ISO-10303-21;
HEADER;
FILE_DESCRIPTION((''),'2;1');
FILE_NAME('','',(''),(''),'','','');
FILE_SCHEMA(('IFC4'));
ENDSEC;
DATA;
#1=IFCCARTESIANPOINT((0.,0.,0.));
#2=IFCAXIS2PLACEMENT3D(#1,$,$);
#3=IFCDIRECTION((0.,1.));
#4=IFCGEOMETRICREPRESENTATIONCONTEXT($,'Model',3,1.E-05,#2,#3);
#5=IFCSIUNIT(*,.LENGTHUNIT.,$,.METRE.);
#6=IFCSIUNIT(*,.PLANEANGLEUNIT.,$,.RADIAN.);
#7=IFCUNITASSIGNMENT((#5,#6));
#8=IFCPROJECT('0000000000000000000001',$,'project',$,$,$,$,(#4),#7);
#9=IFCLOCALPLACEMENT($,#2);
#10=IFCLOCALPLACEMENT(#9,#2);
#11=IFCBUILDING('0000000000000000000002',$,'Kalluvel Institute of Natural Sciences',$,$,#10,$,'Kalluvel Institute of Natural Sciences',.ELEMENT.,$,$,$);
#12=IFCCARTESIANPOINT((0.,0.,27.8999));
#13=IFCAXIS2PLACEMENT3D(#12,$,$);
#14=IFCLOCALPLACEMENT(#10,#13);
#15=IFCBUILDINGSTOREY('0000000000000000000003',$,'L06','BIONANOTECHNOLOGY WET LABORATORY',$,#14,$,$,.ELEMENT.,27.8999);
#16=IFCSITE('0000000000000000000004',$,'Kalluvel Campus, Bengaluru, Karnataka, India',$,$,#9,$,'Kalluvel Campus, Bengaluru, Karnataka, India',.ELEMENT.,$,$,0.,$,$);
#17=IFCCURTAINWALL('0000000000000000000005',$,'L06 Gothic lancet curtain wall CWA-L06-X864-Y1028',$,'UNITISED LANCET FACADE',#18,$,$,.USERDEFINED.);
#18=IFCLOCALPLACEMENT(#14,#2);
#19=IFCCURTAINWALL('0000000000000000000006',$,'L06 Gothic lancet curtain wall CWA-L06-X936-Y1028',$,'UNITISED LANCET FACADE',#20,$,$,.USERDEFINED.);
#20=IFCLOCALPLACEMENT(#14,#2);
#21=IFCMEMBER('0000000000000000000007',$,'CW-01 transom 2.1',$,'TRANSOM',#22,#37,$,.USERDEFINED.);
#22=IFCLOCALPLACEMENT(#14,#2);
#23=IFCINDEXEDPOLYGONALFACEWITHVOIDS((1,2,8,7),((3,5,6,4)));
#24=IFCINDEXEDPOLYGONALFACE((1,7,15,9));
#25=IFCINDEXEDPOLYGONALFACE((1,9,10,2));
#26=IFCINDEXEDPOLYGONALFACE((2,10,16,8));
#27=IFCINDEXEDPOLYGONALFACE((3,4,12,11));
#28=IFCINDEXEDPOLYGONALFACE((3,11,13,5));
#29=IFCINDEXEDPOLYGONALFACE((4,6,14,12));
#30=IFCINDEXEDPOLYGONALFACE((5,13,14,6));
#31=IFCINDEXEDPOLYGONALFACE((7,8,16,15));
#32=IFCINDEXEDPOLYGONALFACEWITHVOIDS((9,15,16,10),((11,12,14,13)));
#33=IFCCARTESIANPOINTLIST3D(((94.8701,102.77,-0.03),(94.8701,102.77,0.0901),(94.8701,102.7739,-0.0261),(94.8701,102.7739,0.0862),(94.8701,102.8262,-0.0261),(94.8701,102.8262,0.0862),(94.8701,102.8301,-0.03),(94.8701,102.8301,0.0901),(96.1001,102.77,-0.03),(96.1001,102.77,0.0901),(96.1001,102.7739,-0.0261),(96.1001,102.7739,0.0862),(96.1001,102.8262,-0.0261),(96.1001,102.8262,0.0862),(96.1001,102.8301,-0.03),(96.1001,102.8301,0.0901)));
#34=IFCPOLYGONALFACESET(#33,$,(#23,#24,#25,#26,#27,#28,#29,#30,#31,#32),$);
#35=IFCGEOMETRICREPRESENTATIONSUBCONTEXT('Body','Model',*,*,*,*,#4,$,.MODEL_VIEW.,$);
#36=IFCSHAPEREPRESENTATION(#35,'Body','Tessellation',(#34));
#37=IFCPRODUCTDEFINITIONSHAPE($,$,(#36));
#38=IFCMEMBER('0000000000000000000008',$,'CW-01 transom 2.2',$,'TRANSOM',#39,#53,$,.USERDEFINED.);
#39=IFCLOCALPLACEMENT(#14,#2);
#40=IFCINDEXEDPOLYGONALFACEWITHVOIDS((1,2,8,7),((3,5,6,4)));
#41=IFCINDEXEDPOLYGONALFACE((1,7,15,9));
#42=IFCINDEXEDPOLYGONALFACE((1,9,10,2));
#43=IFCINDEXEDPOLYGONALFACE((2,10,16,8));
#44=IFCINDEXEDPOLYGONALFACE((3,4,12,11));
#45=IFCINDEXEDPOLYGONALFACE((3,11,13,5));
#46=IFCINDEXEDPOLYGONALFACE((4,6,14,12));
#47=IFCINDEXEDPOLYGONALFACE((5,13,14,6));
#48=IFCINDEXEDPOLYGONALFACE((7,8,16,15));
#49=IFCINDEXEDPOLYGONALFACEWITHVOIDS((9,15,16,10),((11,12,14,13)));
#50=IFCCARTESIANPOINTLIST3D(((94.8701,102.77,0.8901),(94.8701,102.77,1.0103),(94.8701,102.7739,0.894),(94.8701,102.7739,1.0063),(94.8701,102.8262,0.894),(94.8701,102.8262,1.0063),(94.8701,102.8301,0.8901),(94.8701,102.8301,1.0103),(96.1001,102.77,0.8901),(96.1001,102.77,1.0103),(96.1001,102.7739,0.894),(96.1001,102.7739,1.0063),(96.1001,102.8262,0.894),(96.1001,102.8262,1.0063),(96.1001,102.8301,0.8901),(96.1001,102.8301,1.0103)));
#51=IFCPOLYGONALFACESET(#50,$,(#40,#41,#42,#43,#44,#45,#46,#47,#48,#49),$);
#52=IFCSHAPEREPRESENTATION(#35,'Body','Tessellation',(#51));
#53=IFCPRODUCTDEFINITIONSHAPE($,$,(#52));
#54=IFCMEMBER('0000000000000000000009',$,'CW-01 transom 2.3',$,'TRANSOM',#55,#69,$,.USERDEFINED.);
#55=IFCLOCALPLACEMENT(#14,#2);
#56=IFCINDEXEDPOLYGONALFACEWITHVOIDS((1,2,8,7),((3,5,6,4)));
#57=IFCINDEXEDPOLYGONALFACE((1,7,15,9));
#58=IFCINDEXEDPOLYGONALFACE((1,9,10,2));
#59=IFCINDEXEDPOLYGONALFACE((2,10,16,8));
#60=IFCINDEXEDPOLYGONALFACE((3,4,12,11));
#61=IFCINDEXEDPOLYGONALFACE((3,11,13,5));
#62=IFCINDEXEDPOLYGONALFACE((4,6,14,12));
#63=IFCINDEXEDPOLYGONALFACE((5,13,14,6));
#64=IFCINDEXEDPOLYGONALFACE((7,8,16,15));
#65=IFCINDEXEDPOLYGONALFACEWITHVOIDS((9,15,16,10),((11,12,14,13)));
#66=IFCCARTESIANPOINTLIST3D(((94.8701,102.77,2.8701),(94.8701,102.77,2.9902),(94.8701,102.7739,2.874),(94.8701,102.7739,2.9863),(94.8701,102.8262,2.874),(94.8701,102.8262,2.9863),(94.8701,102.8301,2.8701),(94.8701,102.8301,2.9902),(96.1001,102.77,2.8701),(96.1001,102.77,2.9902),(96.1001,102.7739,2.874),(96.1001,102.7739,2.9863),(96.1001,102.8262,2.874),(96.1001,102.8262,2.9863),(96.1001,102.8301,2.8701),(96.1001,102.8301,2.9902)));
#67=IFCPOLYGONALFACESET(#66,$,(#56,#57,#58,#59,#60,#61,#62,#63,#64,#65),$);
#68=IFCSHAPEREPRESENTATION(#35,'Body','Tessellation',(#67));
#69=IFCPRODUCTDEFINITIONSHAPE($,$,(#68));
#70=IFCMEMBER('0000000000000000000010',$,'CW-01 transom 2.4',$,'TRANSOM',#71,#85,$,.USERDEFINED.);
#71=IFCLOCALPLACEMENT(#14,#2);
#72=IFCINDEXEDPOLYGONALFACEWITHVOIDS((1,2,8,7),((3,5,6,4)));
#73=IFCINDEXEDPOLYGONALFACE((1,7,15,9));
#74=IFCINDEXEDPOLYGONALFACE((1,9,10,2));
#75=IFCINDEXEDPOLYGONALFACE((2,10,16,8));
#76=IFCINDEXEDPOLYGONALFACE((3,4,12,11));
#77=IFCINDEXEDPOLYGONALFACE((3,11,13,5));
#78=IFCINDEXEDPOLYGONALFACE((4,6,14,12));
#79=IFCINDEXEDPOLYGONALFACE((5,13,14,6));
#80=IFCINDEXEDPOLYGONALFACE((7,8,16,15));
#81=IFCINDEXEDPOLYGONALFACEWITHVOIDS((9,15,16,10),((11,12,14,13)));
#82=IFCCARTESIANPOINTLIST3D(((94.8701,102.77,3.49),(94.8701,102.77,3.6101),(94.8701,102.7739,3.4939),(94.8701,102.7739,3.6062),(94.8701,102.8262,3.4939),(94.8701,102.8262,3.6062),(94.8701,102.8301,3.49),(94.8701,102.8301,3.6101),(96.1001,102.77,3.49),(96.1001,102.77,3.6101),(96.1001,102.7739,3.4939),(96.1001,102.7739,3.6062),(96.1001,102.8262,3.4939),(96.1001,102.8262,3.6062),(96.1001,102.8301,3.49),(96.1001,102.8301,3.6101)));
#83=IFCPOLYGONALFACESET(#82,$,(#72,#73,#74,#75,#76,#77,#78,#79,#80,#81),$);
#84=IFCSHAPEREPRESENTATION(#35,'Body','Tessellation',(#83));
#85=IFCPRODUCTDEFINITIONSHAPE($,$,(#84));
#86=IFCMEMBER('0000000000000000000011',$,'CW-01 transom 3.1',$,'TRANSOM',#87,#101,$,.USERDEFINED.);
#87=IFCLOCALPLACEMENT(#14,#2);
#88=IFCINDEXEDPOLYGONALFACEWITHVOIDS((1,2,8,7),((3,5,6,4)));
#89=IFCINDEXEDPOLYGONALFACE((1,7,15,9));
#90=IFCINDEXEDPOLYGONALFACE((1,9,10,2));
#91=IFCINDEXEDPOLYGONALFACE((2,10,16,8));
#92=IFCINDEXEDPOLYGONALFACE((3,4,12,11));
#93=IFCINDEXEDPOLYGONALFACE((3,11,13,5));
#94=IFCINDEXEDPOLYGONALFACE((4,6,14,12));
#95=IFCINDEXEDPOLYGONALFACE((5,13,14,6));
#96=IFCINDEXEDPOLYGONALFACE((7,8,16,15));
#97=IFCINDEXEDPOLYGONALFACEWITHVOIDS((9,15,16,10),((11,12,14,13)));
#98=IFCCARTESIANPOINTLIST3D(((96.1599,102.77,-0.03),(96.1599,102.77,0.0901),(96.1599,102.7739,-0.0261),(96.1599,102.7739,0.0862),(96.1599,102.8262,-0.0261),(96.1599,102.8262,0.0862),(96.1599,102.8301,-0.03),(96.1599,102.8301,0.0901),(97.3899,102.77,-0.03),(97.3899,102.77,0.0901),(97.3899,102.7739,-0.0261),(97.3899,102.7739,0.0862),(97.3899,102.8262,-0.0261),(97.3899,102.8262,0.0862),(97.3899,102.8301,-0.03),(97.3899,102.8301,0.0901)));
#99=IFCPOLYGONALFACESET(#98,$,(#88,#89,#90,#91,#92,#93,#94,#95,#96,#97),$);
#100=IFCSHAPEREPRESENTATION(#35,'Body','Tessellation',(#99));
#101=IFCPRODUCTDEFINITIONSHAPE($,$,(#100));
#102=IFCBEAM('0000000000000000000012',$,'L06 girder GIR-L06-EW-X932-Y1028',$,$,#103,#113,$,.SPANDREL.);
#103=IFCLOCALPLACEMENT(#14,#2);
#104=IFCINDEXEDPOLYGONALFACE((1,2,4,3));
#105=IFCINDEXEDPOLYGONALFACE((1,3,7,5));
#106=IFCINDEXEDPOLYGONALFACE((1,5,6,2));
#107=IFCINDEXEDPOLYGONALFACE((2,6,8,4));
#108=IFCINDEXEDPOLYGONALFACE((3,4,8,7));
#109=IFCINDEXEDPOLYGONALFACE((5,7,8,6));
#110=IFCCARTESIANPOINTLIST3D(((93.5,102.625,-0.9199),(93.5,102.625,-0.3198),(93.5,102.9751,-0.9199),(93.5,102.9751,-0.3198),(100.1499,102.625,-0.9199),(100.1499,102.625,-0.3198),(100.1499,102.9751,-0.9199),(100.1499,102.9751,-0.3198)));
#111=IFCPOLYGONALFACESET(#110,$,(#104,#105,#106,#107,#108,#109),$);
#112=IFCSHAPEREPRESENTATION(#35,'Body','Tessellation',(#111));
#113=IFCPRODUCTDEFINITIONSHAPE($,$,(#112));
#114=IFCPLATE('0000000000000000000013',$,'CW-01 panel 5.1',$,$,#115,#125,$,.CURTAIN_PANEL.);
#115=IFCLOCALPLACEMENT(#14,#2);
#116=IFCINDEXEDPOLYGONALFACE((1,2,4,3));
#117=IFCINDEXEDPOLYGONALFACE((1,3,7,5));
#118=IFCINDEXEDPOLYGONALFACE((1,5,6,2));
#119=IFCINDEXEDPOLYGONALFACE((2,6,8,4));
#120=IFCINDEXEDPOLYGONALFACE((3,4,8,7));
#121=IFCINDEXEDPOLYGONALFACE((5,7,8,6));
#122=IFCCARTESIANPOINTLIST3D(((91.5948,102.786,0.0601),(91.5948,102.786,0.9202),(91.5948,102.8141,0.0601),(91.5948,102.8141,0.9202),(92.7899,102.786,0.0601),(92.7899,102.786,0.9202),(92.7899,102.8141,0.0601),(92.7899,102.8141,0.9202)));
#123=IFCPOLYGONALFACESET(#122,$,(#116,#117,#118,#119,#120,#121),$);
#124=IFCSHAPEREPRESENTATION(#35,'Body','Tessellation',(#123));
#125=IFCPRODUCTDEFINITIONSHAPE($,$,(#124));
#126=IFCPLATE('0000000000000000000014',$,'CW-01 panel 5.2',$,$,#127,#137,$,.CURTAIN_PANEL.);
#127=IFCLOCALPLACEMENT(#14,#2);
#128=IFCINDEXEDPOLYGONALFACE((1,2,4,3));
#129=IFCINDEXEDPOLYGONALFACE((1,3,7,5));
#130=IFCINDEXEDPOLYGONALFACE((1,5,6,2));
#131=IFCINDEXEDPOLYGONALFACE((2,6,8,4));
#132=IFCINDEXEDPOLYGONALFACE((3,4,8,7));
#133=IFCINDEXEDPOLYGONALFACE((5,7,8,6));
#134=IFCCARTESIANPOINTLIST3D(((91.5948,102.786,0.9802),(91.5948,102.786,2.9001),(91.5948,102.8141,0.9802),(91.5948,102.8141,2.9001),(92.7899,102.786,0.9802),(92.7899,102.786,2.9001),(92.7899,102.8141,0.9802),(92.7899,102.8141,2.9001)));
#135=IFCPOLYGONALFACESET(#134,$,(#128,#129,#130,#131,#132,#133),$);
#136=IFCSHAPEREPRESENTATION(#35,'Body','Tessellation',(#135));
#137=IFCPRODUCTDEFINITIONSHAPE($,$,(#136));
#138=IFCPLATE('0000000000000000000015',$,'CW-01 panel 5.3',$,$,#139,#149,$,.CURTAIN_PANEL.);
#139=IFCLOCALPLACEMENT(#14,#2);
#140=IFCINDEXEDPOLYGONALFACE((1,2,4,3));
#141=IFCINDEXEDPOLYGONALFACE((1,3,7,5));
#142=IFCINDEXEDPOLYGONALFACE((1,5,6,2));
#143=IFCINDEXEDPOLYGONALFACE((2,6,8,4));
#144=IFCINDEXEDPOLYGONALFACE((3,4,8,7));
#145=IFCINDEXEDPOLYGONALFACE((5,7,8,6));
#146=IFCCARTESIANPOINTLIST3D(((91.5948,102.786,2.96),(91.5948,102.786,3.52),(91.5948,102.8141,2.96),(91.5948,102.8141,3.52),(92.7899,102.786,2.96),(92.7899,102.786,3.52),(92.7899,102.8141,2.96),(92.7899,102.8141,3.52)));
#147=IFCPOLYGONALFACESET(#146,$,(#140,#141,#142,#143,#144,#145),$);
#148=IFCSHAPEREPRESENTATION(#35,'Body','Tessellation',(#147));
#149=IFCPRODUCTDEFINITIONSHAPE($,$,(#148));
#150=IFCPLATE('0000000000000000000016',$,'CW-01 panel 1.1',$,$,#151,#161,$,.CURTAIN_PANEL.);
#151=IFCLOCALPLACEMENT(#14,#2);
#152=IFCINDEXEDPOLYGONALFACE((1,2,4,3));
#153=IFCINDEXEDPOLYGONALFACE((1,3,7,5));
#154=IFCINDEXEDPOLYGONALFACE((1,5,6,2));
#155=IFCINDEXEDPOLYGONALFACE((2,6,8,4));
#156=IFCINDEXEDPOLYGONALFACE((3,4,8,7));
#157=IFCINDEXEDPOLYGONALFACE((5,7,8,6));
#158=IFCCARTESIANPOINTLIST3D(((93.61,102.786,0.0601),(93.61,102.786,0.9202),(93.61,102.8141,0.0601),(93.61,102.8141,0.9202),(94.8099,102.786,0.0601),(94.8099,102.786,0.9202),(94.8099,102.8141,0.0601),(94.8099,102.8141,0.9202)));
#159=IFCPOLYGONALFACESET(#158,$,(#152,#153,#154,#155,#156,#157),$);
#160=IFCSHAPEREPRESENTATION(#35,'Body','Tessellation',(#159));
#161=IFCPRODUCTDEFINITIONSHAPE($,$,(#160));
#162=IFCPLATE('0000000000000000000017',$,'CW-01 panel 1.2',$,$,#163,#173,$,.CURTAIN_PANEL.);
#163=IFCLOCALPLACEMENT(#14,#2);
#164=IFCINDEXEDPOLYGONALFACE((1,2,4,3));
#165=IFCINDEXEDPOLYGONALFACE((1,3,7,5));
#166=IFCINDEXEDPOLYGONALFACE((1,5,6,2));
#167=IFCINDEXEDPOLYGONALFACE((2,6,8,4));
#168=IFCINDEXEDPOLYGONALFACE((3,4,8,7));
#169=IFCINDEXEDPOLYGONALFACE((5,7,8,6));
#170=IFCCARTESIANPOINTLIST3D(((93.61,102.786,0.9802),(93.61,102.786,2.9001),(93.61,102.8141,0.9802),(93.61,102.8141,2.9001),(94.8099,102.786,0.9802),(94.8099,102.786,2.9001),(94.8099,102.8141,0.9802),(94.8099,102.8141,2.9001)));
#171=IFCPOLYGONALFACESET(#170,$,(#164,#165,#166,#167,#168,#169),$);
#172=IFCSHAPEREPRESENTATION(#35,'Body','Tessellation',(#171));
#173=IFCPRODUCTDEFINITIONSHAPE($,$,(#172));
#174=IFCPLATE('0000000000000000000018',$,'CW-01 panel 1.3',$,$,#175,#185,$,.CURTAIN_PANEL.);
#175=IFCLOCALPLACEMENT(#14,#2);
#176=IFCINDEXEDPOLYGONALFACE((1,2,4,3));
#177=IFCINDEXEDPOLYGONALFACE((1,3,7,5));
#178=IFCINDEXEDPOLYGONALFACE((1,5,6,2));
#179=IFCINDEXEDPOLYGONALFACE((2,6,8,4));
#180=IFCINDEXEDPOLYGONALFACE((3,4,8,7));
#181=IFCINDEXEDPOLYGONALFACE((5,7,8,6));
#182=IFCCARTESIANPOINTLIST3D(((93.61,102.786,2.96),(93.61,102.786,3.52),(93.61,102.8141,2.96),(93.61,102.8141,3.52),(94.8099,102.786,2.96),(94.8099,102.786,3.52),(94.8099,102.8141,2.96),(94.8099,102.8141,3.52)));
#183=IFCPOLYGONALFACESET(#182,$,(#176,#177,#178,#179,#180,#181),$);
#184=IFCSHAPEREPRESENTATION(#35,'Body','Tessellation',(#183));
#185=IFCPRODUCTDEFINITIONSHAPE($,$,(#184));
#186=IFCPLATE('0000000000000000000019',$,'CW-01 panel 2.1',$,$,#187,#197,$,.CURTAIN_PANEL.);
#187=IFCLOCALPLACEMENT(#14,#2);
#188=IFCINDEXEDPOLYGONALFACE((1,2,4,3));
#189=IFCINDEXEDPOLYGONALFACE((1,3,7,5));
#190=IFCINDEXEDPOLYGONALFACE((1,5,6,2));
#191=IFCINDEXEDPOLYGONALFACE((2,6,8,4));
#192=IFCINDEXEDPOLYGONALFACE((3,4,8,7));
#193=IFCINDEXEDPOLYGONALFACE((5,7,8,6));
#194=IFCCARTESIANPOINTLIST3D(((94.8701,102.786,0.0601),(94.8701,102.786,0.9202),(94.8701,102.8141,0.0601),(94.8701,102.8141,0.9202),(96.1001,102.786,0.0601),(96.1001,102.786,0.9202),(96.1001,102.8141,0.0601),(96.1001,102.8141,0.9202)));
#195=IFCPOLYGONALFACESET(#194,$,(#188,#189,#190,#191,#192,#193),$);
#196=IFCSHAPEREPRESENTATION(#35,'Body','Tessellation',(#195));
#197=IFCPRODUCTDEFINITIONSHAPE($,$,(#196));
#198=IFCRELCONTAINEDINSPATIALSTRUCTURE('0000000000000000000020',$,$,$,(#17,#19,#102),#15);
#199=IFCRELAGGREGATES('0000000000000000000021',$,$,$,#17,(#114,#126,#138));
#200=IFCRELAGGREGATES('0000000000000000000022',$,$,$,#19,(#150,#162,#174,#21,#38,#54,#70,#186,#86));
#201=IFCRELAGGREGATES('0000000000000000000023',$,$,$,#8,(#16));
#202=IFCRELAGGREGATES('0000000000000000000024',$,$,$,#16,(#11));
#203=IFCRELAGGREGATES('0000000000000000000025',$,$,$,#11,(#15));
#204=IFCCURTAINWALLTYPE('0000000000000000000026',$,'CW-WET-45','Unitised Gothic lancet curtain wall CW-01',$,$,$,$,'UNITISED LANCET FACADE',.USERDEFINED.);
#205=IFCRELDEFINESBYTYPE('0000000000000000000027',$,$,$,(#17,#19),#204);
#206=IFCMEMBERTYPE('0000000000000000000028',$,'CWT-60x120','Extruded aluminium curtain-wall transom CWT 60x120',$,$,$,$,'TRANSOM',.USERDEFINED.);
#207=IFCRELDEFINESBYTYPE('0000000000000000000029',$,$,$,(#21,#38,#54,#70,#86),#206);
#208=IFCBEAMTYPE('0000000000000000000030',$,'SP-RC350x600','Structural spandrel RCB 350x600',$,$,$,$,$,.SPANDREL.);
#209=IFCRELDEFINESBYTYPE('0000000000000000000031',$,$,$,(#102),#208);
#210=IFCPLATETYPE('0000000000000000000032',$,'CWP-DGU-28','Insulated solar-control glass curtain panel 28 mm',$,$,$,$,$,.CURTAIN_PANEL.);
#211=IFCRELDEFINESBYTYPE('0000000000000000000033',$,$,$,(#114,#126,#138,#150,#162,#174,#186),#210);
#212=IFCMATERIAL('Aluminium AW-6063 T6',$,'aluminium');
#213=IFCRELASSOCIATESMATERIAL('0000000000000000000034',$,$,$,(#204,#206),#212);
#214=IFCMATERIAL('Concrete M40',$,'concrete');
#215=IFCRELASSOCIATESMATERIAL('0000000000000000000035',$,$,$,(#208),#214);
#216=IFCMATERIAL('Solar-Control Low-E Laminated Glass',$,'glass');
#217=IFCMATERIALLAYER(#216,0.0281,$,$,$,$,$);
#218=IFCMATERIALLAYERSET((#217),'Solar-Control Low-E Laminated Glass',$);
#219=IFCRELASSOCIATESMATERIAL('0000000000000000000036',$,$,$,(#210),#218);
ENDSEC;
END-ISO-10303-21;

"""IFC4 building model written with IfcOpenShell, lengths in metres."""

from ifc_helpers import new_model, si_unit, direction, frame, origin, origin_2d, place, context, subcontext, project, spatial, rectangle, hollow_rectangle, extrude, material, layer, layer_set, material_profile, profile_set, type_object, element, aggregate, save


model = new_model("IFC4")

# Units and contexts
model_context = context("Model", 3, precision=1e-05, world=origin(), true_north=direction((0.0, 1.0)))
body_context = subcontext(model_context, "Body", "Model", "MODEL_VIEW")
ifc_project = project(units=[si_unit("LENGTHUNIT", "METRE"), si_unit("PLANEANGLEUNIT", "RADIAN")], contexts=[model_context])

# Site, building, storey
site_placement = place(None, origin())
site = spatial("IfcSite", under=ifc_project, at=site_placement, Name="Kalluvel Campus, Bengaluru, Karnataka, India", LongName="Kalluvel Campus, Bengaluru, Karnataka, India", CompositionType="ELEMENT", RefElevation=0.0)
building_placement = place(site_placement, origin())
building = spatial("IfcBuilding", under=site, at=building_placement, Name="Kalluvel Institute of Natural Sciences", LongName="Kalluvel Institute of Natural Sciences", CompositionType="ELEMENT")
storey_placement = place(building_placement, frame((0.0, 0.0, 27.8999)))
storey = spatial("IfcBuildingStorey", under=building, at=storey_placement, Name="L06", Description="BIONANOTECHNOLOGY WET LABORATORY", CompositionType="ELEMENT", Elevation=27.8999)

# Curtain wall
ifc_material_1 = material(Name="Aluminium AW-6063 T6", Category="aluminium")
curtain_wall_type = type_object("IfcCurtainWallType", Name="CW-WET-45", Description="Unitised Gothic lancet curtain wall CW-01", ElementType="UNITISED LANCET FACADE", PredefinedType="USERDEFINED", material=ifc_material_1)
curtain_wall_1_placement = place(storey_placement, origin())
curtain_wall_1 = element("IfcCurtainWall", 1, at=curtain_wall_1_placement, inside=storey, type_object=curtain_wall_type, Name="L06 Gothic lancet curtain wall CWA-L06-X864-Y1028", ObjectType="UNITISED LANCET FACADE", PredefinedType="USERDEFINED")

# Curtain wall
curtain_wall_2_placement = place(storey_placement, origin())
curtain_wall_2 = element("IfcCurtainWall", 2, at=curtain_wall_2_placement, inside=storey, type_object=curtain_wall_type, Name="L06 Gothic lancet curtain wall CWA-L06-X936-Y1028", ObjectType="UNITISED LANCET FACADE", PredefinedType="USERDEFINED")

# Members
ifc_material_profile_1 = material_profile(ifc_material_1, hollow_rectangle(XDim=0.0601, YDim=0.1201, WallThickness=0.0039, at=origin_2d()), Name="CWT 60x120")
ifc_profile_set_1 = profile_set([ifc_material_profile_1], Name="Aluminium AW-6063 T6")
member_type_1 = type_object("IfcMemberType", Name="CWT-60x120", Description="Extruded aluminium curtain-wall transom CWT 60x120", ElementType="TRANSOM", PredefinedType="USERDEFINED", material=ifc_profile_set_1)
member_1_placement = place(storey_placement, frame((94.8701, 102.8, 0.03), z_axis=(1.0, 0.0, 0.0), x_axis=(0.0, 1.0, 0.0)))
member_1 = element("IfcMember", 3, at=member_1_placement, type_object=member_type_1, Name="CW-01 transom 2.1", ObjectType="TRANSOM", PredefinedType="USERDEFINED", context=body_context, shape_type="SweptSolid", body=[
    extrude(hollow_rectangle(XDim=0.0601, YDim=0.1201, WallThickness=0.0039, at=origin_2d()), origin(), (0.0, 0.0, 1.0), 1.23),
])
member_2_placement = place(storey_placement, frame((94.8701, 102.8, 0.9502), z_axis=(1.0, 0.0, 0.0), x_axis=(0.0, 1.0, 0.0)))
member_2 = element("IfcMember", 4, at=member_2_placement, type_object=member_type_1, Name="CW-01 transom 2.2", ObjectType="TRANSOM", PredefinedType="USERDEFINED", context=body_context, shape_type="SweptSolid", body=[
    extrude(hollow_rectangle(XDim=0.0601, YDim=0.1201, WallThickness=0.0039, at=origin_2d()), origin(), (0.0, 0.0, 1.0), 1.23),
])
member_3_placement = place(storey_placement, frame((94.8701, 102.8, 2.9302), z_axis=(1.0, 0.0, 0.0), x_axis=(0.0, 1.0, 0.0)))
member_3 = element("IfcMember", 5, at=member_3_placement, type_object=member_type_1, Name="CW-01 transom 2.3", ObjectType="TRANSOM", PredefinedType="USERDEFINED", context=body_context, shape_type="SweptSolid", body=[
    extrude(hollow_rectangle(XDim=0.0601, YDim=0.1201, WallThickness=0.0039, at=origin_2d()), origin(), (0.0, 0.0, 1.0), 1.23),
])
member_4_placement = place(storey_placement, frame((94.8701, 102.8, 3.55), z_axis=(1.0, 0.0, 0.0), x_axis=(0.0, 1.0, 0.0)))
member_4 = element("IfcMember", 6, at=member_4_placement, type_object=member_type_1, Name="CW-01 transom 2.4", ObjectType="TRANSOM", PredefinedType="USERDEFINED", context=body_context, shape_type="SweptSolid", body=[
    extrude(hollow_rectangle(XDim=0.0601, YDim=0.1201, WallThickness=0.0039, at=origin_2d()), origin(), (0.0, 0.0, 1.0), 1.23),
])
member_5_placement = place(storey_placement, frame((96.1599, 102.8, 0.03), z_axis=(1.0, 0.0, 0.0), x_axis=(0.0, 1.0, 0.0)))
member_5 = element("IfcMember", 7, at=member_5_placement, type_object=member_type_1, Name="CW-01 transom 3.1", ObjectType="TRANSOM", PredefinedType="USERDEFINED", context=body_context, shape_type="SweptSolid", body=[
    extrude(hollow_rectangle(XDim=0.0601, YDim=0.1201, WallThickness=0.0039, at=origin_2d()), origin(), (0.0, 0.0, 1.0), 1.23),
])

# Beam
ifc_material_2 = material(Name="Concrete M40", Category="concrete")
ifc_material_profile_2 = material_profile(ifc_material_2, rectangle(XDim=0.3501, YDim=0.6001, at=origin_2d()), Name="RCB 350x600")
ifc_profile_set_2 = profile_set([ifc_material_profile_2], Name="Concrete M40")
beam_type = type_object("IfcBeamType", Name="SP-RC350x600", Description="Structural spandrel RCB 350x600", PredefinedType="SPANDREL", material=ifc_profile_set_2)
beam_placement = place(storey_placement, frame((93.5, 102.8, -0.6199), z_axis=(1.0, 0.0, 0.0), x_axis=(0.0, 1.0, 0.0)))
element("IfcBeam", 8, at=beam_placement, inside=storey, type_object=beam_type, Name="L06 girder GIR-L06-EW-X932-Y1028", PredefinedType="SPANDREL", context=body_context, shape_type="SweptSolid", body=[
    extrude(rectangle(XDim=0.3501, YDim=0.6001, at=origin_2d()), origin(), (0.0, 0.0, 1.0), 6.6499),
])

# Plates
ifc_material_3 = material(Name="Solar-Control Low-E Laminated Glass", Category="glass")
ifc_layer_1 = layer(ifc_material_3, 0.0281)
ifc_layer_set_1 = layer_set([ifc_layer_1], Name="Solar-Control Low-E Laminated Glass")
plate_type = type_object("IfcPlateType", Name="CWP-DGU-28", Description="Insulated solar-control glass curtain panel 28 mm", PredefinedType="CURTAIN_PANEL", material=ifc_layer_set_1)
plate_1_placement = place(storey_placement, frame((92.1924, 102.8, 0.0601), z_axis=(0.0, 0.0, 1.0), x_axis=(1.0, 0.0, 0.0)))
plate_1 = element("IfcPlate", 9, at=plate_1_placement, type_object=plate_type, Name="CW-01 panel 5.1", PredefinedType="CURTAIN_PANEL", context=body_context, shape_type="SweptSolid", body=[
    extrude(rectangle(XDim=1.1951, YDim=0.0281, at=origin_2d()), origin(), (0.0, 0.0, 1.0), 0.8601),
])
plate_2_placement = place(storey_placement, frame((92.1924, 102.8, 0.9802), z_axis=(0.0, 0.0, 1.0), x_axis=(1.0, 0.0, 0.0)))
plate_2 = element("IfcPlate", 10, at=plate_2_placement, type_object=plate_type, Name="CW-01 panel 5.2", PredefinedType="CURTAIN_PANEL", context=body_context, shape_type="SweptSolid", body=[
    extrude(rectangle(XDim=1.1951, YDim=0.0281, at=origin_2d()), origin(), (0.0, 0.0, 1.0), 1.9199),
])
plate_3_placement = place(storey_placement, frame((92.1924, 102.8, 2.96), z_axis=(0.0, 0.0, 1.0), x_axis=(1.0, 0.0, 0.0)))
plate_3 = element("IfcPlate", 11, at=plate_3_placement, type_object=plate_type, Name="CW-01 panel 5.3", PredefinedType="CURTAIN_PANEL", context=body_context, shape_type="SweptSolid", body=[
    extrude(rectangle(XDim=1.1951, YDim=0.0281, at=origin_2d()), origin(), (0.0, 0.0, 1.0), 0.5601),
])
aggregate(curtain_wall_1, [plate_1, plate_2, plate_3])
plate_4_placement = place(storey_placement, frame((94.21, 102.8, 0.0601), z_axis=(0.0, 0.0, 1.0), x_axis=(1.0, 0.0, 0.0)))
plate_4 = element("IfcPlate", 12, at=plate_4_placement, type_object=plate_type, Name="CW-01 panel 1.1", PredefinedType="CURTAIN_PANEL", context=body_context, shape_type="SweptSolid", body=[
    extrude(rectangle(XDim=1.2, YDim=0.0281, at=origin_2d()), origin(), (0.0, 0.0, 1.0), 0.8601),
])
plate_5_placement = place(storey_placement, frame((94.21, 102.8, 0.9802), z_axis=(0.0, 0.0, 1.0), x_axis=(1.0, 0.0, 0.0)))
plate_5 = element("IfcPlate", 13, at=plate_5_placement, type_object=plate_type, Name="CW-01 panel 1.2", PredefinedType="CURTAIN_PANEL", context=body_context, shape_type="SweptSolid", body=[
    extrude(rectangle(XDim=1.2, YDim=0.0281, at=origin_2d()), origin(), (0.0, 0.0, 1.0), 1.9199),
])
plate_6_placement = place(storey_placement, frame((94.21, 102.8, 2.96), z_axis=(0.0, 0.0, 1.0), x_axis=(1.0, 0.0, 0.0)))
plate_6 = element("IfcPlate", 14, at=plate_6_placement, type_object=plate_type, Name="CW-01 panel 1.3", PredefinedType="CURTAIN_PANEL", context=body_context, shape_type="SweptSolid", body=[
    extrude(rectangle(XDim=1.2, YDim=0.0281, at=origin_2d()), origin(), (0.0, 0.0, 1.0), 0.5601),
])
plate_7_placement = place(storey_placement, frame((95.4851, 102.8, 0.0601), z_axis=(0.0, 0.0, 1.0), x_axis=(1.0, 0.0, 0.0)))
plate_7 = element("IfcPlate", 15, at=plate_7_placement, type_object=plate_type, Name="CW-01 panel 2.1", PredefinedType="CURTAIN_PANEL", context=body_context, shape_type="SweptSolid", body=[
    extrude(rectangle(XDim=1.23, YDim=0.0281, at=origin_2d()), origin(), (0.0, 0.0, 1.0), 0.8601),
])
aggregate(curtain_wall_2, [plate_4, plate_5, plate_6, member_1, member_2, member_3, member_4, plate_7, member_5])

save(model, "model.ifc")
